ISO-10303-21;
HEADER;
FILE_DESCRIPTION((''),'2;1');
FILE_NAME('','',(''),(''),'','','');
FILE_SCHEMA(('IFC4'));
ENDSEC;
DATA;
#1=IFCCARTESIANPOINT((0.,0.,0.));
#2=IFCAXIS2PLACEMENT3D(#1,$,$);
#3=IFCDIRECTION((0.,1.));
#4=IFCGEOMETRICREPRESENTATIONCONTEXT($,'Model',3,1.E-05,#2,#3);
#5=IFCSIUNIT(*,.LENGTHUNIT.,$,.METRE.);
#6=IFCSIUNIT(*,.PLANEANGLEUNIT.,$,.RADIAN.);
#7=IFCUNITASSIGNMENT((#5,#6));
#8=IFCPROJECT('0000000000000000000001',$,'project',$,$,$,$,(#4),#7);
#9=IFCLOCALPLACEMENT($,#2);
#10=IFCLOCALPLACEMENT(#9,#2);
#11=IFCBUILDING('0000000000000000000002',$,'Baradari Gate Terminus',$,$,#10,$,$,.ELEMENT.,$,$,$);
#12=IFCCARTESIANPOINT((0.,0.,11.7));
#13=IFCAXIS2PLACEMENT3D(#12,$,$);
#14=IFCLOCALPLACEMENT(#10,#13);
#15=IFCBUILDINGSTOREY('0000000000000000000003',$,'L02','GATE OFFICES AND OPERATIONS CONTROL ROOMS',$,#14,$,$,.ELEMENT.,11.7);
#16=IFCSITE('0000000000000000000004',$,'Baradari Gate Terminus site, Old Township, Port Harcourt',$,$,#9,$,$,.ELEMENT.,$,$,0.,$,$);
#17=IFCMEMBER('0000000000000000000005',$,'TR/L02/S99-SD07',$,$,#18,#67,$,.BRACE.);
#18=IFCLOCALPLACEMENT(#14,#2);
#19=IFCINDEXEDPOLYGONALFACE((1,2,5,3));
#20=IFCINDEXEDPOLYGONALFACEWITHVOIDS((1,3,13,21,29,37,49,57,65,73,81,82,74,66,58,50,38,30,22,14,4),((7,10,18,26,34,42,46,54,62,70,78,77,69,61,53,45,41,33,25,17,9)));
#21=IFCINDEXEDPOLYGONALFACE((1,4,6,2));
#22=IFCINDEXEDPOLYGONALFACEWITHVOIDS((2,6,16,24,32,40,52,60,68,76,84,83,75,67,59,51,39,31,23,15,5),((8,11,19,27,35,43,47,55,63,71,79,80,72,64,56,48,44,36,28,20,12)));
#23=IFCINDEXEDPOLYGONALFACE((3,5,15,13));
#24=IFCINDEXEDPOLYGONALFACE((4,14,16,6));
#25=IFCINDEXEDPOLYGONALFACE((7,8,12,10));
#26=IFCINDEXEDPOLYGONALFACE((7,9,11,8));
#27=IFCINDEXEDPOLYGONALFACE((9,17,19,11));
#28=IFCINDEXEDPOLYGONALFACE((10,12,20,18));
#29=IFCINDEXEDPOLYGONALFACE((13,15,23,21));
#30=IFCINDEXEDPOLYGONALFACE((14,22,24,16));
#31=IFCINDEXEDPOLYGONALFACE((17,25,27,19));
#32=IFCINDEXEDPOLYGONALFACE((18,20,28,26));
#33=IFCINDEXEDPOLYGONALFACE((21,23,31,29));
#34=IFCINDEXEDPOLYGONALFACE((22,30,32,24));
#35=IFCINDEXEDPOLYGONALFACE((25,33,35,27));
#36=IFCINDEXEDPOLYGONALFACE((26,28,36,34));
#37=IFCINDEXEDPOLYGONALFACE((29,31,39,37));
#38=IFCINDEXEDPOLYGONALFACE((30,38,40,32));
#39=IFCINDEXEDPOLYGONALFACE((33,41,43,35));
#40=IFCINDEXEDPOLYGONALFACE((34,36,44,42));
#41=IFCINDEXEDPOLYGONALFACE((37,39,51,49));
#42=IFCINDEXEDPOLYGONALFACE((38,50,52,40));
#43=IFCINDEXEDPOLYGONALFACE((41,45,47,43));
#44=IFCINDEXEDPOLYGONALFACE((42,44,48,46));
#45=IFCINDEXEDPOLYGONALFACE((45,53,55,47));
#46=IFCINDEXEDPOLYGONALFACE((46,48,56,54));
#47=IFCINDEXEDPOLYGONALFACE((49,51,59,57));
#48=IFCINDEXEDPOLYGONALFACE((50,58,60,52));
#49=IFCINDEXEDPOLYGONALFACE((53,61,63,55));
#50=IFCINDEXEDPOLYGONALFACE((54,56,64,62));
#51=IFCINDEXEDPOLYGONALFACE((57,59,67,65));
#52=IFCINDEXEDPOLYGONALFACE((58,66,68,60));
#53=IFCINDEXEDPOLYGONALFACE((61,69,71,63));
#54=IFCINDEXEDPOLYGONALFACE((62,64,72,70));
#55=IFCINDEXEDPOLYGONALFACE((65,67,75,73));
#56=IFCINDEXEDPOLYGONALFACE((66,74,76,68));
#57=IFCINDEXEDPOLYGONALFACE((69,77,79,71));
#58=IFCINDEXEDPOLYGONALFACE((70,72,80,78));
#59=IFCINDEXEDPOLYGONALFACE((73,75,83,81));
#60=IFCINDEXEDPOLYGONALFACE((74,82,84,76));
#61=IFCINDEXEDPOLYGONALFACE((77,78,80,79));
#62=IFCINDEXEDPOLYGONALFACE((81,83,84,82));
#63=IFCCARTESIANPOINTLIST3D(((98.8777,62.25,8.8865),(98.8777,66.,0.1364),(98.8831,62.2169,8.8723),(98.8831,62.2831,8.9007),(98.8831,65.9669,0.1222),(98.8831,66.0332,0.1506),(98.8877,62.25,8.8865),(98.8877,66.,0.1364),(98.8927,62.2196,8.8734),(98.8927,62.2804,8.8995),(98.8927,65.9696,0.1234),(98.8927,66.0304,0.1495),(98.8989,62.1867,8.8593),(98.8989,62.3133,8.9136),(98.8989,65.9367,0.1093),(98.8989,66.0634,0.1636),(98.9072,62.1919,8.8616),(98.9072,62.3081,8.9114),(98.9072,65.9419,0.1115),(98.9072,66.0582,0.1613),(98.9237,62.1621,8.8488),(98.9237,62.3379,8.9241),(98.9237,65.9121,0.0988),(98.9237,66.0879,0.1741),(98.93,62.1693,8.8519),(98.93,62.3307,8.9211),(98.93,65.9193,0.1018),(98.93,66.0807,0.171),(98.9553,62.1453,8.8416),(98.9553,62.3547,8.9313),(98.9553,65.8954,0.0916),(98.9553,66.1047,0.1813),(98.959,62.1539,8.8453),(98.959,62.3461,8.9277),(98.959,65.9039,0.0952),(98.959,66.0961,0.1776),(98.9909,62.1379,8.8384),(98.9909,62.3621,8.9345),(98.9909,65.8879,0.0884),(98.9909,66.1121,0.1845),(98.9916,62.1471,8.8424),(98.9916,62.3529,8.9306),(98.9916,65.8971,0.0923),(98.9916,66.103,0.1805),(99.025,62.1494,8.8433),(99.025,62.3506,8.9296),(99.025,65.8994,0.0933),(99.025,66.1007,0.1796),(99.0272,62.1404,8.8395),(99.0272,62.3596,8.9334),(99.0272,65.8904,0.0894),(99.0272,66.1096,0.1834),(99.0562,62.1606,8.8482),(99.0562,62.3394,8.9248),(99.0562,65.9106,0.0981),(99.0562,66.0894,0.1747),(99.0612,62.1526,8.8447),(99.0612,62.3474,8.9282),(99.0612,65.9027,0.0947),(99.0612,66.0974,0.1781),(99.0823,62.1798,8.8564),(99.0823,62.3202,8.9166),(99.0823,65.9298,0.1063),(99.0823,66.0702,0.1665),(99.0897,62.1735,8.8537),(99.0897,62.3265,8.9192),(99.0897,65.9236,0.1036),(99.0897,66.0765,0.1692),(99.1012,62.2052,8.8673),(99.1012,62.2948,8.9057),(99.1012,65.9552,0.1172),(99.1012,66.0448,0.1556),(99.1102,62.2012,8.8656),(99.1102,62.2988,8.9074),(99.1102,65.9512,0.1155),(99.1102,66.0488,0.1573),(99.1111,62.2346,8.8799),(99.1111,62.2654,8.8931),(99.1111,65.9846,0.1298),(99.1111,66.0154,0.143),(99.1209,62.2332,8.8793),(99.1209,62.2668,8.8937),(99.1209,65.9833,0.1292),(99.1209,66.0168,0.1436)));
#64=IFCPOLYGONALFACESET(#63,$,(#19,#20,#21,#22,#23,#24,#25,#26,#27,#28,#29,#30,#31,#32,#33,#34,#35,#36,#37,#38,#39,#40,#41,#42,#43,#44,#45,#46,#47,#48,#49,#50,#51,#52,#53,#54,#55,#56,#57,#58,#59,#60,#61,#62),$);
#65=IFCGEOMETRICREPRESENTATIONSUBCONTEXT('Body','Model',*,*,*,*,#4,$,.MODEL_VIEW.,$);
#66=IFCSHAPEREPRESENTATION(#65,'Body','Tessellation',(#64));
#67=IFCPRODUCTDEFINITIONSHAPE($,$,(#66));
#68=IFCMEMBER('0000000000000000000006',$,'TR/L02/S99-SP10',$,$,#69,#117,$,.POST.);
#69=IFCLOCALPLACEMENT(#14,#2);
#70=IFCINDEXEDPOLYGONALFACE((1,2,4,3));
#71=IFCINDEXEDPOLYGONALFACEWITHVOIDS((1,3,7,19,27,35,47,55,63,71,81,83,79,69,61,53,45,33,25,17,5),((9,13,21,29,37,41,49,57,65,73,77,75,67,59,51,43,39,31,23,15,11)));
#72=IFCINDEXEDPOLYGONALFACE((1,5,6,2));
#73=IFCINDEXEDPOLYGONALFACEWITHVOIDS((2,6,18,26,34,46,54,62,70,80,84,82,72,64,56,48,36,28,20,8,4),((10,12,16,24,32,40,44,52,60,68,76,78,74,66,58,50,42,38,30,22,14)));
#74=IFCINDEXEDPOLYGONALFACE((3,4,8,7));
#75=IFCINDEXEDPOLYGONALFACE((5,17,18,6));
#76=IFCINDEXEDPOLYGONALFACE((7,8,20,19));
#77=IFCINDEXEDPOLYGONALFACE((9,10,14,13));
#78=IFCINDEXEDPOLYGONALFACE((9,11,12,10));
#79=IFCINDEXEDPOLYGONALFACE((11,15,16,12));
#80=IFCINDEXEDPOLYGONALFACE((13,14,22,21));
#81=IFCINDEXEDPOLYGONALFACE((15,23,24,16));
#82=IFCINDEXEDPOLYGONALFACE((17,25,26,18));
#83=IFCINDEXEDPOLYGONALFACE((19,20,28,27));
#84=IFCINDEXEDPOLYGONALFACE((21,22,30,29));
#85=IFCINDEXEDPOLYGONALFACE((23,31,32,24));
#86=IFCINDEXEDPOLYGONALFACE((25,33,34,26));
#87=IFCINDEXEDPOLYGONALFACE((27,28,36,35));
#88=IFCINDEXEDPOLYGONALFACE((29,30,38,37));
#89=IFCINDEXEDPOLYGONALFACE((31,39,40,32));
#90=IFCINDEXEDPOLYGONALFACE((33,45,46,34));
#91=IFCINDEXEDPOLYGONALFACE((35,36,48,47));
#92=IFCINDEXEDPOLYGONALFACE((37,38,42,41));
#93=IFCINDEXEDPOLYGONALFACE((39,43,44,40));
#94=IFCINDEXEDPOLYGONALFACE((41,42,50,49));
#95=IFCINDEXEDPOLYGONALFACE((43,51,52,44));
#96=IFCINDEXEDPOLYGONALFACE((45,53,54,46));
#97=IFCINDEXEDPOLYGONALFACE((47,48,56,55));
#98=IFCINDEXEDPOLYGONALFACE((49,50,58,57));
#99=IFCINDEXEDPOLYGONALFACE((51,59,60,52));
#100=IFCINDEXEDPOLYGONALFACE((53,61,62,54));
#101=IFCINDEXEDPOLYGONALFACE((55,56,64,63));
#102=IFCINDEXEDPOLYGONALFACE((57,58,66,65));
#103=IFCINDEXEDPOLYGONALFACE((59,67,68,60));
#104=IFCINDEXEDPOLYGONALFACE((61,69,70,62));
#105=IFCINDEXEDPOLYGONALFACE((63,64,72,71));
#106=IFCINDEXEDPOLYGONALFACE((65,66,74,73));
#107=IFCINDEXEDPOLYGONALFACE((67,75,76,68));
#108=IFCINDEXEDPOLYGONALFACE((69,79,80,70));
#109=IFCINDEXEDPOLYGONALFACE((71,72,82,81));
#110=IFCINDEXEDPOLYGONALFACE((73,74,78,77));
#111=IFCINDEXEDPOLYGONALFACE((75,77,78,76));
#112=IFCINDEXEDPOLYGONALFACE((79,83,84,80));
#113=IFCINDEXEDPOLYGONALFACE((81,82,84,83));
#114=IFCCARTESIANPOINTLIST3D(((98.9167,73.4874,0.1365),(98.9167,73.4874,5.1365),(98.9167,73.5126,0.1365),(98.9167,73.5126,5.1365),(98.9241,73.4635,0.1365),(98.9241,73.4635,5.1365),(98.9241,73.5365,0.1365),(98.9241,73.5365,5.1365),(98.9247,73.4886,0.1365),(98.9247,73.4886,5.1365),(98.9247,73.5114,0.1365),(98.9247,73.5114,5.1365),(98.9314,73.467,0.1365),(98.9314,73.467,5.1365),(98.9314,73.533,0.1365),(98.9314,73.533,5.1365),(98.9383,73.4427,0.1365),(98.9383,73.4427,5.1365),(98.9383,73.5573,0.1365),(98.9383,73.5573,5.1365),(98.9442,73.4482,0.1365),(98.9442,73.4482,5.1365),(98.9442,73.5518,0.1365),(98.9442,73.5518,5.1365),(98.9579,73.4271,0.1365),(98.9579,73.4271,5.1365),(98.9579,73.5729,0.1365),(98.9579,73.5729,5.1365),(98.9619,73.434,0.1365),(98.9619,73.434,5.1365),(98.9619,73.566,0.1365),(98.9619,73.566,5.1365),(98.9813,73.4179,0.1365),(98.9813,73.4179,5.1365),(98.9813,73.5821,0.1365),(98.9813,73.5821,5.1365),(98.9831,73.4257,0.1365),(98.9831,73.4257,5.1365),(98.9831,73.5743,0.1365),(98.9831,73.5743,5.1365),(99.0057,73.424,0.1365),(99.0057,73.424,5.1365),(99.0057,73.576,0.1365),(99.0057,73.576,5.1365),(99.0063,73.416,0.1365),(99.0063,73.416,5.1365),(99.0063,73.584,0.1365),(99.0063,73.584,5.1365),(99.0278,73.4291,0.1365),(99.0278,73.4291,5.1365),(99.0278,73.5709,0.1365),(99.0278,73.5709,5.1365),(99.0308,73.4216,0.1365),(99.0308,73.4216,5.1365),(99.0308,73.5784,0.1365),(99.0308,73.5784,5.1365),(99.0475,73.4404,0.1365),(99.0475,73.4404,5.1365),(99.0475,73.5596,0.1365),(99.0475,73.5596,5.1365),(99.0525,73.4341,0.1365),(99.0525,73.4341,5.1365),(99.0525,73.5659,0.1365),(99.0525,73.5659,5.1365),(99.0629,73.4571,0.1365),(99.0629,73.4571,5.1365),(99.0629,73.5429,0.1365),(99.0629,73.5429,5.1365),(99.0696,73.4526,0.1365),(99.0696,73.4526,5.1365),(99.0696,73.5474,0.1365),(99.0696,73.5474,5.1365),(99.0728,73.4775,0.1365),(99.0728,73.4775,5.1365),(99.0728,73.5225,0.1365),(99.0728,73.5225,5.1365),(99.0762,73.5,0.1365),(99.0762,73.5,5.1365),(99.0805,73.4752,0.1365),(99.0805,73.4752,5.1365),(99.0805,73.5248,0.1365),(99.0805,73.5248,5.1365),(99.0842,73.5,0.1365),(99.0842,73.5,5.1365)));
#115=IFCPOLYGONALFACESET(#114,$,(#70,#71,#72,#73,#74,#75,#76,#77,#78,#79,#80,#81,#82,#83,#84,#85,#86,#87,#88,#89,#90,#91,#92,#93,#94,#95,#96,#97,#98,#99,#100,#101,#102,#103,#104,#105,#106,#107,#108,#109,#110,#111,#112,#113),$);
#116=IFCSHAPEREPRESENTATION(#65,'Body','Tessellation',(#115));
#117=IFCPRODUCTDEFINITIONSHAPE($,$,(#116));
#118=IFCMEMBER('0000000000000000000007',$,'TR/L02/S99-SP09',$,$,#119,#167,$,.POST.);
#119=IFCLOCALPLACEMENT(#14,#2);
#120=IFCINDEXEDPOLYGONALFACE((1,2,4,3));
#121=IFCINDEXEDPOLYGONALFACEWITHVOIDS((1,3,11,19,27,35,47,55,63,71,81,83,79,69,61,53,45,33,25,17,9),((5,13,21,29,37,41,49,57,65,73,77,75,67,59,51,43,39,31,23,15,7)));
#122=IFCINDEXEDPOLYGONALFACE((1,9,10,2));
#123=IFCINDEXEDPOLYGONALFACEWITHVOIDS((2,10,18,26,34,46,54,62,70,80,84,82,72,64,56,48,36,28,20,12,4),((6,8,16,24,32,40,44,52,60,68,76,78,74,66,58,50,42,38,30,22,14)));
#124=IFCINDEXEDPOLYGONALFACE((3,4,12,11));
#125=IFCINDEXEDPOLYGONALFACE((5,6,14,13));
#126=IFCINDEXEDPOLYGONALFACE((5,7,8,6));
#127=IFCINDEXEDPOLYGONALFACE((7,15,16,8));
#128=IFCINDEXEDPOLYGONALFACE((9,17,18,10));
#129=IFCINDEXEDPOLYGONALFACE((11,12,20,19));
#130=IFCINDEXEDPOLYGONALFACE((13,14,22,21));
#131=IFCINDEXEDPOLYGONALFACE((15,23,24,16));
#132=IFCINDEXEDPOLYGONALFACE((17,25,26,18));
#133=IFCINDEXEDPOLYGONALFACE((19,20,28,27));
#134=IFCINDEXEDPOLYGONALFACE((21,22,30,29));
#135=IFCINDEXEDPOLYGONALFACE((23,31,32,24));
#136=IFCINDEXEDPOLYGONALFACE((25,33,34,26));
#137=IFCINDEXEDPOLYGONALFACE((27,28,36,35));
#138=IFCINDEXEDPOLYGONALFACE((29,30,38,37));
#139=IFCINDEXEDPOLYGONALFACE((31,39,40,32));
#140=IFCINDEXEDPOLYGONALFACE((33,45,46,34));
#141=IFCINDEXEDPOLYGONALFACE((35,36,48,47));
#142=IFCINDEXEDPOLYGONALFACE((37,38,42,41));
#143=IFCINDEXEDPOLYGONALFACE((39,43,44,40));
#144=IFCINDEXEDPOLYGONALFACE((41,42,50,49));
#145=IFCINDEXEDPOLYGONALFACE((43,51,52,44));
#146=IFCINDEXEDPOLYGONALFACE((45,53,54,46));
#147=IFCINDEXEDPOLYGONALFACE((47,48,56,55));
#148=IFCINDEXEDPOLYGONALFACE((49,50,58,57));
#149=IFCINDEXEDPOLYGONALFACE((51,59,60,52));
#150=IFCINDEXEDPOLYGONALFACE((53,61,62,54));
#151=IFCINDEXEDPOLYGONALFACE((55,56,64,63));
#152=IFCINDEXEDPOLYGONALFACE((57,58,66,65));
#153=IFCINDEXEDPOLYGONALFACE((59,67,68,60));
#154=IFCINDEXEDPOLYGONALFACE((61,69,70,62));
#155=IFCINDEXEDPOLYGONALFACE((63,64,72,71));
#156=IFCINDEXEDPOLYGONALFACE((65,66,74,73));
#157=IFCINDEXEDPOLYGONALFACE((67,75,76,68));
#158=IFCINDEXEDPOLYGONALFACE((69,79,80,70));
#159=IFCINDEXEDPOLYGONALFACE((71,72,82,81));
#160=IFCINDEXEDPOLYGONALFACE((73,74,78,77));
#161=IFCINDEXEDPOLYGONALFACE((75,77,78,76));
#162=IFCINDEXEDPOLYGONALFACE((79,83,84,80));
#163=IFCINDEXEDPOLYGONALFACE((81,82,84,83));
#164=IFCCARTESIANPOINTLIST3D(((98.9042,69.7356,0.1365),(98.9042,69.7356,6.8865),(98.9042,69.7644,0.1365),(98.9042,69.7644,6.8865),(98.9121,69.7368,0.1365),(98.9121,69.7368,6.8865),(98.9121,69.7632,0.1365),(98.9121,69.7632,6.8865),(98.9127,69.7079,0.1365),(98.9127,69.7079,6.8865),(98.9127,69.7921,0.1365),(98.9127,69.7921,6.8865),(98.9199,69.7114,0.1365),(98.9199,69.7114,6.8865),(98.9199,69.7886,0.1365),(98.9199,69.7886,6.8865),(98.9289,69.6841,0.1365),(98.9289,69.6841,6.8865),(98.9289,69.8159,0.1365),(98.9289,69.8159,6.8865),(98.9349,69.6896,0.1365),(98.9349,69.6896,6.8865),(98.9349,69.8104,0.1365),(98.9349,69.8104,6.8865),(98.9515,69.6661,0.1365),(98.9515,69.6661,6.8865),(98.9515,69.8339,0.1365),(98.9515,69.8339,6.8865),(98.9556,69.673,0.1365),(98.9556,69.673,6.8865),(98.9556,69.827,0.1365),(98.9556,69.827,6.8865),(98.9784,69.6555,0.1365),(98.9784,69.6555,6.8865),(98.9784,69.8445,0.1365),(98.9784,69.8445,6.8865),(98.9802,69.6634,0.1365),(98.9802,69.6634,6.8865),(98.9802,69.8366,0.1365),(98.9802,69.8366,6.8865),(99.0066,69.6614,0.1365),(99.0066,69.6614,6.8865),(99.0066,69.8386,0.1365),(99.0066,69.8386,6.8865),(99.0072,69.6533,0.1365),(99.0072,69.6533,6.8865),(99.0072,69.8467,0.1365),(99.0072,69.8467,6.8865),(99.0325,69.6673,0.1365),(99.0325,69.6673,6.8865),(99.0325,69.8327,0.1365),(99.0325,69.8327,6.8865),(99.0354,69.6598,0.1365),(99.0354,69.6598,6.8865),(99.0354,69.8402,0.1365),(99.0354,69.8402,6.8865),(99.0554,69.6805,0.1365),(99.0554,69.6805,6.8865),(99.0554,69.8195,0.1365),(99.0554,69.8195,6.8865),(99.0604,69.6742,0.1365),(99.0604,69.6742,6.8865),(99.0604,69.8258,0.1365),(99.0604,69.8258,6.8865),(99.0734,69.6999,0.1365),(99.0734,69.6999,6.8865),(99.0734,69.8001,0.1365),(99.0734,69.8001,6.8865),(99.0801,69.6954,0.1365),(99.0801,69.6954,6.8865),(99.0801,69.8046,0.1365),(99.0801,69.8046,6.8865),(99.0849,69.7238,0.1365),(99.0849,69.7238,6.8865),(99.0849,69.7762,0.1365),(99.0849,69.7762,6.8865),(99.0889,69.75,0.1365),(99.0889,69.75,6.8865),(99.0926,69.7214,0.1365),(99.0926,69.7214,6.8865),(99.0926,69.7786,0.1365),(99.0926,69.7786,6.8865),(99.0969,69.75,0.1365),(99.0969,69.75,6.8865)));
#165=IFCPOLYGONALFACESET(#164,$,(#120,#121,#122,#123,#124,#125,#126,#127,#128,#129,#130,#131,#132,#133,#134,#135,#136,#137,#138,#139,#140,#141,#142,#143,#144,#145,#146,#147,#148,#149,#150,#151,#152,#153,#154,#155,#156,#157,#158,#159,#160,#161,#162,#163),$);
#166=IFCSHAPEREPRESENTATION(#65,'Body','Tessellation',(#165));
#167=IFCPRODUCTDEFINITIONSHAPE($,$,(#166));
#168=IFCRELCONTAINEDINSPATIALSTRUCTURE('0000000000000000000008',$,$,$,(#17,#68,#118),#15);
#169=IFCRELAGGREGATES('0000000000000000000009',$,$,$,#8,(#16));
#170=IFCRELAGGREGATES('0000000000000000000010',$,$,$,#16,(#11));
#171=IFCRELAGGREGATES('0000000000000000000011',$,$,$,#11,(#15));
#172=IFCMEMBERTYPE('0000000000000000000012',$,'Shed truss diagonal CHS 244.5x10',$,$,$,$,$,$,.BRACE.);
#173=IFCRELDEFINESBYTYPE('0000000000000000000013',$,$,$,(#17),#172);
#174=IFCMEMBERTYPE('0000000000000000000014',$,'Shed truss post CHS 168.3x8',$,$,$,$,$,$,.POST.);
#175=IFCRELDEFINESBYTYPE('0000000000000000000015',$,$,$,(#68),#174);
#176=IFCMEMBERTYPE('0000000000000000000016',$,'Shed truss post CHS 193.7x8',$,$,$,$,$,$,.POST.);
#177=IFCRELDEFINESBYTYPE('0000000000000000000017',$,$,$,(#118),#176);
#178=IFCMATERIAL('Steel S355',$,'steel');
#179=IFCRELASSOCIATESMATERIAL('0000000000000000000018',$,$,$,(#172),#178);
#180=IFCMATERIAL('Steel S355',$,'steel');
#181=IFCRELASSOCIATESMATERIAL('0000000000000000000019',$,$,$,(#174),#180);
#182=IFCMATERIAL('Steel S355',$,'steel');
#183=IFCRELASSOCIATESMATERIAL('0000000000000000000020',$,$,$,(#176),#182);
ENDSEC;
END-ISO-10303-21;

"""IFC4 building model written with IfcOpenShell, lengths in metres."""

from ifc_helpers import new_model, si_unit, direction, frame, origin, origin_2d, place, context, subcontext, project, spatial, hollow_circle, extrude, material, material_profile, profile_set, type_object, element, save


model = new_model("IFC4")

# Units and contexts
model_context = context("Model", 3, precision=1e-05, world=origin(), true_north=direction((0.0, 1.0)))
body_context = subcontext(model_context, "Body", "Model", "MODEL_VIEW")
ifc_project = project(units=[si_unit("LENGTHUNIT", "METRE"), si_unit("PLANEANGLEUNIT", "RADIAN")], contexts=[model_context])

# Site, building, storey
site_placement = place(None, origin())
site = spatial("IfcSite", under=ifc_project, at=site_placement, Name="Baradari Gate Terminus site, Old Township, Port Harcourt", CompositionType="ELEMENT", RefElevation=0.0)
building_placement = place(site_placement, origin())
building = spatial("IfcBuilding", under=site, at=building_placement, Name="Baradari Gate Terminus", CompositionType="ELEMENT")
storey_placement = place(building_placement, frame((0.0, 0.0, 11.7)))
storey = spatial("IfcBuildingStorey", under=building, at=storey_placement, Name="L02", Description="GATE OFFICES AND OPERATIONS CONTROL ROOMS", CompositionType="ELEMENT", Elevation=11.7)

# Members
ifc_material_1 = material(Name="Steel S355", Category="steel")
ifc_material_profile_1 = material_profile(ifc_material_1, hollow_circle(Radius=0.1223, WallThickness=0.01, at=origin_2d()), Name="CHS 244.5x10")
ifc_profile_set_1 = profile_set([ifc_material_profile_1], Name="Steel S355")
member_type_1 = type_object("IfcMemberType", Name="Shed truss diagonal CHS 244.5x10", PredefinedType="BRACE", material=ifc_profile_set_1)
for number, where, z_axis, x_axis, name in (
    (1, (99.0, 62.25, 8.8865), (0.0, 0.393919, -0.919145), (-1.0, 0.0, 0.0), "TR/L02/S99-SD07"),
):
    element("IfcMember", number, at=place(storey_placement, frame(where, z_axis=z_axis, x_axis=x_axis)), inside=storey, type_object=member_type_1, Name=name, PredefinedType="BRACE", context=body_context, shape_type="SweptSolid", body=[
        extrude(hollow_circle(Radius=0.1223, WallThickness=0.01, at=origin_2d()), origin(), (0.0, 0.0, 1.0), 9.5198),
    ])
ifc_material_2 = material(Name="Steel S355", Category="steel")
ifc_material_profile_2 = material_profile(ifc_material_2, hollow_circle(Radius=0.0842, WallThickness=0.0081, at=origin_2d()), Name="CHS 168.3x8")
ifc_profile_set_2 = profile_set([ifc_material_profile_2], Name="Steel S355")
member_type_2 = type_object("IfcMemberType", Name="Shed truss post CHS 168.3x8", PredefinedType="POST", material=ifc_profile_set_2)
member_1_placement = place(storey_placement, frame((99.0, 73.5, 0.1365), z_axis=(0.0, 0.0, 1.0), x_axis=(1.0, 0.0, 0.0)))
element("IfcMember", 2, at=member_1_placement, inside=storey, type_object=member_type_2, Name="TR/L02/S99-SP10", PredefinedType="POST", context=body_context, shape_type="SweptSolid", body=[
    extrude(hollow_circle(Radius=0.0842, WallThickness=0.0081, at=origin_2d()), origin(), (0.0, 0.0, 1.0), 5.0),
])
ifc_material_3 = material(Name="Steel S355", Category="steel")
ifc_material_profile_3 = material_profile(ifc_material_3, hollow_circle(Radius=0.0969, WallThickness=0.0081, at=origin_2d()), Name="CHS 193.7x8")
ifc_profile_set_3 = profile_set([ifc_material_profile_3], Name="Steel S355")
member_type_3 = type_object("IfcMemberType", Name="Shed truss post CHS 193.7x8", PredefinedType="POST", material=ifc_profile_set_3)
member_2_placement = place(storey_placement, frame((99.0, 69.75, 0.1365), z_axis=(0.0, 0.0, 1.0), x_axis=(1.0, 0.0, 0.0)))
element("IfcMember", 3, at=member_2_placement, inside=storey, type_object=member_type_3, Name="TR/L02/S99-SP09", PredefinedType="POST", context=body_context, shape_type="SweptSolid", body=[
    extrude(hollow_circle(Radius=0.0969, WallThickness=0.0081, at=origin_2d()), origin(), (0.0, 0.0, 1.0), 6.75),
])

save(model, "model.ifc")
